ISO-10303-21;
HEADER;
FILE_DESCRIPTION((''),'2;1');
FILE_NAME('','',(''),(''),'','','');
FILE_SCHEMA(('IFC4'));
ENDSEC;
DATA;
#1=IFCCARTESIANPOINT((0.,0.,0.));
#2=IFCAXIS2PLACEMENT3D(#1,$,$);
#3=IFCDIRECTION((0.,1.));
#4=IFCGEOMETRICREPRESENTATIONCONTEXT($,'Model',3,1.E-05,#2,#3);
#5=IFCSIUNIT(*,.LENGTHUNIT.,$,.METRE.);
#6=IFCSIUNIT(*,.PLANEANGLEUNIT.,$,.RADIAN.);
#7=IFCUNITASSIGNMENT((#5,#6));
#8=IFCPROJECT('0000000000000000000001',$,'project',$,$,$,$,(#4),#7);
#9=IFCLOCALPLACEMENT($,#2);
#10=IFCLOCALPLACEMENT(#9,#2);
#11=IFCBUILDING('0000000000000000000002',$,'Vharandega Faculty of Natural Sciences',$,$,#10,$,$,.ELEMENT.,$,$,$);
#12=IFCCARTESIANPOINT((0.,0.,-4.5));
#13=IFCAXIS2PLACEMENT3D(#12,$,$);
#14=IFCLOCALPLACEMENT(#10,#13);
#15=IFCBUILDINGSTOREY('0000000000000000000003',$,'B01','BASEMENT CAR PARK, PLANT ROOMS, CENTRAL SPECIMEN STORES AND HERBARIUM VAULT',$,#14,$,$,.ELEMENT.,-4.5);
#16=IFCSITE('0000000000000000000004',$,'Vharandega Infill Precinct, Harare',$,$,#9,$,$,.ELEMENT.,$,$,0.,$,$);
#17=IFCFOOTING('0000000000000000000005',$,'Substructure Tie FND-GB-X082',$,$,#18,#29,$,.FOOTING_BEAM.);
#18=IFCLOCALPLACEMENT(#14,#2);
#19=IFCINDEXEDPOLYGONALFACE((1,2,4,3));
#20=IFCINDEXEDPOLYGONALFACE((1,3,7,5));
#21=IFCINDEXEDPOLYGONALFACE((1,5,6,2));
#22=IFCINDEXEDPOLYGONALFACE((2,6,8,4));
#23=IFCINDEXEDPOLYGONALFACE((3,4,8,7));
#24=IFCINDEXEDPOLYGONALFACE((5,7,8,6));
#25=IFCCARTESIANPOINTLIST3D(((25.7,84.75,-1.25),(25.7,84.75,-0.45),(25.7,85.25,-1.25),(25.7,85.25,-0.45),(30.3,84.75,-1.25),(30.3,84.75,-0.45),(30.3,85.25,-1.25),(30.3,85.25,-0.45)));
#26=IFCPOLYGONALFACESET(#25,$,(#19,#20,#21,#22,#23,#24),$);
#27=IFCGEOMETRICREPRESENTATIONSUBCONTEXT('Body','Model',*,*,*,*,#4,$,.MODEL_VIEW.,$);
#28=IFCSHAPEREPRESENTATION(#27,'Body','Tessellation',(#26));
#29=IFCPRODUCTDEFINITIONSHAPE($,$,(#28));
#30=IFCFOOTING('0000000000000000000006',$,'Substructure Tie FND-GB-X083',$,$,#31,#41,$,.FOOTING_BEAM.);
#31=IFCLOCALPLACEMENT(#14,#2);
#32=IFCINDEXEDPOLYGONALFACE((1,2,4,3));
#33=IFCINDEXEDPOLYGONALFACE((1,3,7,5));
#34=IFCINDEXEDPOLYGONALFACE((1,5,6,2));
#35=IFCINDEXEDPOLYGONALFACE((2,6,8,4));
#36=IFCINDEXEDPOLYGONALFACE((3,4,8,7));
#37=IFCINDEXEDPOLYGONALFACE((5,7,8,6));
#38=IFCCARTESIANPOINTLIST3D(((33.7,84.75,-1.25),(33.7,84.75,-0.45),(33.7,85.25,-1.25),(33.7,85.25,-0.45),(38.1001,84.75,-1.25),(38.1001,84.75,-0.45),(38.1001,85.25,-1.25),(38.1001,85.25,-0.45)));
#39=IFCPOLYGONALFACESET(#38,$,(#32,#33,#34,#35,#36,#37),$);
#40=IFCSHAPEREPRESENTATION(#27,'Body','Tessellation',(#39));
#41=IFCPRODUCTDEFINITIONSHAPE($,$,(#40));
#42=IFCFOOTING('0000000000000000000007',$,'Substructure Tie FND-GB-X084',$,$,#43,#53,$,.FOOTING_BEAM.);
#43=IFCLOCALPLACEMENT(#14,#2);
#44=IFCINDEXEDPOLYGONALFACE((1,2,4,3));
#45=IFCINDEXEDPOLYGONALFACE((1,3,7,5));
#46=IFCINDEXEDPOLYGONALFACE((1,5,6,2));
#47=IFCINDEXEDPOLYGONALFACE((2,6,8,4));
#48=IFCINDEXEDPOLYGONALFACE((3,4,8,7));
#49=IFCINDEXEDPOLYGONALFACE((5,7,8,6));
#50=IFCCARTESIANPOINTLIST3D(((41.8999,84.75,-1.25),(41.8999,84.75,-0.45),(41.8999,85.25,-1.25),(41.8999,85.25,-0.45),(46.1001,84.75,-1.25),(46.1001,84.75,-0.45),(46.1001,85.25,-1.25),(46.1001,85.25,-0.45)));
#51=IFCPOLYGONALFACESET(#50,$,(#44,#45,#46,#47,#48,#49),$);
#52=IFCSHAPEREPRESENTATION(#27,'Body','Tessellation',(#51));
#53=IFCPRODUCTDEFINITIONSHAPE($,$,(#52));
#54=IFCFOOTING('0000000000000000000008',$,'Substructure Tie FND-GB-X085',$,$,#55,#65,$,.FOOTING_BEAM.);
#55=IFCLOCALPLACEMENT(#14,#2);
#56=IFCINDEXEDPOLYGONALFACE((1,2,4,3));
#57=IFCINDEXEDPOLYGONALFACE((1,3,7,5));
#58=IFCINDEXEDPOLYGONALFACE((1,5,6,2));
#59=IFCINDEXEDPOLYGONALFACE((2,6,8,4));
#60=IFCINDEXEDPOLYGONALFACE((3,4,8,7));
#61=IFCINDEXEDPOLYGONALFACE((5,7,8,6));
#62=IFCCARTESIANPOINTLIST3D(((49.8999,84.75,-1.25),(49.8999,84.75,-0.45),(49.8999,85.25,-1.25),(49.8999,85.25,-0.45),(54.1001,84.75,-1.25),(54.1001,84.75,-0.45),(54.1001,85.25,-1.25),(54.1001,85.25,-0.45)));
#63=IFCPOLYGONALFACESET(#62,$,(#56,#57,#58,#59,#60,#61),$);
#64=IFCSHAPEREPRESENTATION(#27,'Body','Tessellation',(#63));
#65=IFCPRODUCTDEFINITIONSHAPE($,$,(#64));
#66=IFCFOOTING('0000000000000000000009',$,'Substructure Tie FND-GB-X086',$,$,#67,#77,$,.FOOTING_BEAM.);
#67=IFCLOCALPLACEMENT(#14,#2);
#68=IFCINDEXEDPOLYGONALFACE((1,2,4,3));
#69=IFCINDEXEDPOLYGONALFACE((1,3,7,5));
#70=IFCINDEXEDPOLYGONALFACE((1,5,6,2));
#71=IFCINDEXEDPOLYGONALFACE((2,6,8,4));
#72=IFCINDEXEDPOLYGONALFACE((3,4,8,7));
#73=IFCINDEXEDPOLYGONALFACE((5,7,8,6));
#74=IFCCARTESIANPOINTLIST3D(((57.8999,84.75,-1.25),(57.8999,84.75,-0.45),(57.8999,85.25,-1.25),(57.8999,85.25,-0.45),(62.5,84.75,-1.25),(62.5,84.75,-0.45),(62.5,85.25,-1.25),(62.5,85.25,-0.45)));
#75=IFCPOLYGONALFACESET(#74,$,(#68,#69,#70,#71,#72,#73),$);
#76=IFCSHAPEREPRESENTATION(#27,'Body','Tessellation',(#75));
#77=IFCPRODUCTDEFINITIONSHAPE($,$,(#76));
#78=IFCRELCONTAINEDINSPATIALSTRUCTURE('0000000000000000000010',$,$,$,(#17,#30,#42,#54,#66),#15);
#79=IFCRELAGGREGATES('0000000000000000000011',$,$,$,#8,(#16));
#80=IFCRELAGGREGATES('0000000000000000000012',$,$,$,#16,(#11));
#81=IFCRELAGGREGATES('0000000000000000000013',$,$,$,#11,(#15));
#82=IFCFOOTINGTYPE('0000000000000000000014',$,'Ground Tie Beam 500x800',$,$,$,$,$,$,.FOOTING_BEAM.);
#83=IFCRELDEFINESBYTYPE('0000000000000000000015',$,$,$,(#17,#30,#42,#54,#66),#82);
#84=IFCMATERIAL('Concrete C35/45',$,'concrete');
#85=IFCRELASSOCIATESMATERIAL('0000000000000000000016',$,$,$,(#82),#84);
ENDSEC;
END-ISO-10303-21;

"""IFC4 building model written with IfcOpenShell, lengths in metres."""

from ifc_helpers import new_model, si_unit, direction, frame, origin, place, context, subcontext, project, spatial, polyline, outline, extrude, material, type_object, element, save


model = new_model("IFC4")

# Units and contexts
model_context = context("Model", 3, precision=1e-05, world=origin(), true_north=direction((0.0, 1.0)))
body_context = subcontext(model_context, "Body", "Model", "MODEL_VIEW")
ifc_project = project(units=[si_unit("LENGTHUNIT", "METRE"), si_unit("PLANEANGLEUNIT", "RADIAN")], contexts=[model_context])

# Site, building, storey
site_placement = place(None, origin())
site = spatial("IfcSite", under=ifc_project, at=site_placement, Name="Vharandega Infill Precinct, Harare", CompositionType="ELEMENT", RefElevation=0.0)
building_placement = place(site_placement, origin())
building = spatial("IfcBuilding", under=site, at=building_placement, Name="Vharandega Faculty of Natural Sciences", CompositionType="ELEMENT")
storey_placement = place(building_placement, frame((0.0, 0.0, -4.5)))
storey = spatial("IfcBuildingStorey", under=building, at=storey_placement, Name="B01", Description="BASEMENT CAR PARK, PLANT ROOMS, CENTRAL SPECIMEN STORES AND HERBARIUM VAULT", CompositionType="ELEMENT", Elevation=-4.5)

# Footings
ifc_material = material(Name="Concrete C35/45", Category="concrete")
footing_type = type_object("IfcFootingType", Name="Ground Tie Beam 500x800", PredefinedType="FOOTING_BEAM", material=ifc_material)
footing_1_placement = place(storey_placement, frame((0.0, 0.0, -1.25)))
element("IfcFooting", 1, at=footing_1_placement, inside=storey, type_object=footing_type, Name="Substructure Tie FND-GB-X082", PredefinedType="FOOTING_BEAM", context=body_context, shape_type="SweptSolid", body=[
    extrude(outline(polyline([(25.7, 84.75), (30.3, 84.75), (30.3, 85.25), (25.7, 85.25), (25.7, 84.75)])), origin(), (0.0, 0.0, 1.0), 0.8),
])
footing_2_placement = place(storey_placement, frame((0.0, 0.0, -1.25)))
element("IfcFooting", 2, at=footing_2_placement, inside=storey, type_object=footing_type, Name="Substructure Tie FND-GB-X083", PredefinedType="FOOTING_BEAM", context=body_context, shape_type="SweptSolid", body=[
    extrude(outline(polyline([(33.7, 84.75), (38.1001, 84.75), (38.1001, 85.25), (33.7, 85.25), (33.7, 84.75)])), origin(), (0.0, 0.0, 1.0), 0.8),
])
footing_3_placement = place(storey_placement, frame((0.0, 0.0, -1.25)))
element("IfcFooting", 3, at=footing_3_placement, inside=storey, type_object=footing_type, Name="Substructure Tie FND-GB-X084", PredefinedType="FOOTING_BEAM", context=body_context, shape_type="SweptSolid", body=[
    extrude(outline(polyline([(41.8999, 84.75), (46.1001, 84.75), (46.1001, 85.25), (41.8999, 85.25), (41.8999, 84.75)])), origin(), (0.0, 0.0, 1.0), 0.8),
])
footing_4_placement = place(storey_placement, frame((0.0, 0.0, -1.25)))
element("IfcFooting", 4, at=footing_4_placement, inside=storey, type_object=footing_type, Name="Substructure Tie FND-GB-X085", PredefinedType="FOOTING_BEAM", context=body_context, shape_type="SweptSolid", body=[
    extrude(outline(polyline([(49.8999, 84.75), (54.1001, 84.75), (54.1001, 85.25), (49.8999, 85.25), (49.8999, 84.75)])), origin(), (0.0, 0.0, 1.0), 0.8),
])
footing_5_placement = place(storey_placement, frame((0.0, 0.0, -1.25)))
element("IfcFooting", 5, at=footing_5_placement, inside=storey, type_object=footing_type, Name="Substructure Tie FND-GB-X086", PredefinedType="FOOTING_BEAM", context=body_context, shape_type="SweptSolid", body=[
    extrude(outline(polyline([(57.8999, 84.75), (62.5, 84.75), (62.5, 85.25), (57.8999, 85.25), (57.8999, 84.75)])), origin(), (0.0, 0.0, 1.0), 0.8),
])

save(model, "model.ifc")
